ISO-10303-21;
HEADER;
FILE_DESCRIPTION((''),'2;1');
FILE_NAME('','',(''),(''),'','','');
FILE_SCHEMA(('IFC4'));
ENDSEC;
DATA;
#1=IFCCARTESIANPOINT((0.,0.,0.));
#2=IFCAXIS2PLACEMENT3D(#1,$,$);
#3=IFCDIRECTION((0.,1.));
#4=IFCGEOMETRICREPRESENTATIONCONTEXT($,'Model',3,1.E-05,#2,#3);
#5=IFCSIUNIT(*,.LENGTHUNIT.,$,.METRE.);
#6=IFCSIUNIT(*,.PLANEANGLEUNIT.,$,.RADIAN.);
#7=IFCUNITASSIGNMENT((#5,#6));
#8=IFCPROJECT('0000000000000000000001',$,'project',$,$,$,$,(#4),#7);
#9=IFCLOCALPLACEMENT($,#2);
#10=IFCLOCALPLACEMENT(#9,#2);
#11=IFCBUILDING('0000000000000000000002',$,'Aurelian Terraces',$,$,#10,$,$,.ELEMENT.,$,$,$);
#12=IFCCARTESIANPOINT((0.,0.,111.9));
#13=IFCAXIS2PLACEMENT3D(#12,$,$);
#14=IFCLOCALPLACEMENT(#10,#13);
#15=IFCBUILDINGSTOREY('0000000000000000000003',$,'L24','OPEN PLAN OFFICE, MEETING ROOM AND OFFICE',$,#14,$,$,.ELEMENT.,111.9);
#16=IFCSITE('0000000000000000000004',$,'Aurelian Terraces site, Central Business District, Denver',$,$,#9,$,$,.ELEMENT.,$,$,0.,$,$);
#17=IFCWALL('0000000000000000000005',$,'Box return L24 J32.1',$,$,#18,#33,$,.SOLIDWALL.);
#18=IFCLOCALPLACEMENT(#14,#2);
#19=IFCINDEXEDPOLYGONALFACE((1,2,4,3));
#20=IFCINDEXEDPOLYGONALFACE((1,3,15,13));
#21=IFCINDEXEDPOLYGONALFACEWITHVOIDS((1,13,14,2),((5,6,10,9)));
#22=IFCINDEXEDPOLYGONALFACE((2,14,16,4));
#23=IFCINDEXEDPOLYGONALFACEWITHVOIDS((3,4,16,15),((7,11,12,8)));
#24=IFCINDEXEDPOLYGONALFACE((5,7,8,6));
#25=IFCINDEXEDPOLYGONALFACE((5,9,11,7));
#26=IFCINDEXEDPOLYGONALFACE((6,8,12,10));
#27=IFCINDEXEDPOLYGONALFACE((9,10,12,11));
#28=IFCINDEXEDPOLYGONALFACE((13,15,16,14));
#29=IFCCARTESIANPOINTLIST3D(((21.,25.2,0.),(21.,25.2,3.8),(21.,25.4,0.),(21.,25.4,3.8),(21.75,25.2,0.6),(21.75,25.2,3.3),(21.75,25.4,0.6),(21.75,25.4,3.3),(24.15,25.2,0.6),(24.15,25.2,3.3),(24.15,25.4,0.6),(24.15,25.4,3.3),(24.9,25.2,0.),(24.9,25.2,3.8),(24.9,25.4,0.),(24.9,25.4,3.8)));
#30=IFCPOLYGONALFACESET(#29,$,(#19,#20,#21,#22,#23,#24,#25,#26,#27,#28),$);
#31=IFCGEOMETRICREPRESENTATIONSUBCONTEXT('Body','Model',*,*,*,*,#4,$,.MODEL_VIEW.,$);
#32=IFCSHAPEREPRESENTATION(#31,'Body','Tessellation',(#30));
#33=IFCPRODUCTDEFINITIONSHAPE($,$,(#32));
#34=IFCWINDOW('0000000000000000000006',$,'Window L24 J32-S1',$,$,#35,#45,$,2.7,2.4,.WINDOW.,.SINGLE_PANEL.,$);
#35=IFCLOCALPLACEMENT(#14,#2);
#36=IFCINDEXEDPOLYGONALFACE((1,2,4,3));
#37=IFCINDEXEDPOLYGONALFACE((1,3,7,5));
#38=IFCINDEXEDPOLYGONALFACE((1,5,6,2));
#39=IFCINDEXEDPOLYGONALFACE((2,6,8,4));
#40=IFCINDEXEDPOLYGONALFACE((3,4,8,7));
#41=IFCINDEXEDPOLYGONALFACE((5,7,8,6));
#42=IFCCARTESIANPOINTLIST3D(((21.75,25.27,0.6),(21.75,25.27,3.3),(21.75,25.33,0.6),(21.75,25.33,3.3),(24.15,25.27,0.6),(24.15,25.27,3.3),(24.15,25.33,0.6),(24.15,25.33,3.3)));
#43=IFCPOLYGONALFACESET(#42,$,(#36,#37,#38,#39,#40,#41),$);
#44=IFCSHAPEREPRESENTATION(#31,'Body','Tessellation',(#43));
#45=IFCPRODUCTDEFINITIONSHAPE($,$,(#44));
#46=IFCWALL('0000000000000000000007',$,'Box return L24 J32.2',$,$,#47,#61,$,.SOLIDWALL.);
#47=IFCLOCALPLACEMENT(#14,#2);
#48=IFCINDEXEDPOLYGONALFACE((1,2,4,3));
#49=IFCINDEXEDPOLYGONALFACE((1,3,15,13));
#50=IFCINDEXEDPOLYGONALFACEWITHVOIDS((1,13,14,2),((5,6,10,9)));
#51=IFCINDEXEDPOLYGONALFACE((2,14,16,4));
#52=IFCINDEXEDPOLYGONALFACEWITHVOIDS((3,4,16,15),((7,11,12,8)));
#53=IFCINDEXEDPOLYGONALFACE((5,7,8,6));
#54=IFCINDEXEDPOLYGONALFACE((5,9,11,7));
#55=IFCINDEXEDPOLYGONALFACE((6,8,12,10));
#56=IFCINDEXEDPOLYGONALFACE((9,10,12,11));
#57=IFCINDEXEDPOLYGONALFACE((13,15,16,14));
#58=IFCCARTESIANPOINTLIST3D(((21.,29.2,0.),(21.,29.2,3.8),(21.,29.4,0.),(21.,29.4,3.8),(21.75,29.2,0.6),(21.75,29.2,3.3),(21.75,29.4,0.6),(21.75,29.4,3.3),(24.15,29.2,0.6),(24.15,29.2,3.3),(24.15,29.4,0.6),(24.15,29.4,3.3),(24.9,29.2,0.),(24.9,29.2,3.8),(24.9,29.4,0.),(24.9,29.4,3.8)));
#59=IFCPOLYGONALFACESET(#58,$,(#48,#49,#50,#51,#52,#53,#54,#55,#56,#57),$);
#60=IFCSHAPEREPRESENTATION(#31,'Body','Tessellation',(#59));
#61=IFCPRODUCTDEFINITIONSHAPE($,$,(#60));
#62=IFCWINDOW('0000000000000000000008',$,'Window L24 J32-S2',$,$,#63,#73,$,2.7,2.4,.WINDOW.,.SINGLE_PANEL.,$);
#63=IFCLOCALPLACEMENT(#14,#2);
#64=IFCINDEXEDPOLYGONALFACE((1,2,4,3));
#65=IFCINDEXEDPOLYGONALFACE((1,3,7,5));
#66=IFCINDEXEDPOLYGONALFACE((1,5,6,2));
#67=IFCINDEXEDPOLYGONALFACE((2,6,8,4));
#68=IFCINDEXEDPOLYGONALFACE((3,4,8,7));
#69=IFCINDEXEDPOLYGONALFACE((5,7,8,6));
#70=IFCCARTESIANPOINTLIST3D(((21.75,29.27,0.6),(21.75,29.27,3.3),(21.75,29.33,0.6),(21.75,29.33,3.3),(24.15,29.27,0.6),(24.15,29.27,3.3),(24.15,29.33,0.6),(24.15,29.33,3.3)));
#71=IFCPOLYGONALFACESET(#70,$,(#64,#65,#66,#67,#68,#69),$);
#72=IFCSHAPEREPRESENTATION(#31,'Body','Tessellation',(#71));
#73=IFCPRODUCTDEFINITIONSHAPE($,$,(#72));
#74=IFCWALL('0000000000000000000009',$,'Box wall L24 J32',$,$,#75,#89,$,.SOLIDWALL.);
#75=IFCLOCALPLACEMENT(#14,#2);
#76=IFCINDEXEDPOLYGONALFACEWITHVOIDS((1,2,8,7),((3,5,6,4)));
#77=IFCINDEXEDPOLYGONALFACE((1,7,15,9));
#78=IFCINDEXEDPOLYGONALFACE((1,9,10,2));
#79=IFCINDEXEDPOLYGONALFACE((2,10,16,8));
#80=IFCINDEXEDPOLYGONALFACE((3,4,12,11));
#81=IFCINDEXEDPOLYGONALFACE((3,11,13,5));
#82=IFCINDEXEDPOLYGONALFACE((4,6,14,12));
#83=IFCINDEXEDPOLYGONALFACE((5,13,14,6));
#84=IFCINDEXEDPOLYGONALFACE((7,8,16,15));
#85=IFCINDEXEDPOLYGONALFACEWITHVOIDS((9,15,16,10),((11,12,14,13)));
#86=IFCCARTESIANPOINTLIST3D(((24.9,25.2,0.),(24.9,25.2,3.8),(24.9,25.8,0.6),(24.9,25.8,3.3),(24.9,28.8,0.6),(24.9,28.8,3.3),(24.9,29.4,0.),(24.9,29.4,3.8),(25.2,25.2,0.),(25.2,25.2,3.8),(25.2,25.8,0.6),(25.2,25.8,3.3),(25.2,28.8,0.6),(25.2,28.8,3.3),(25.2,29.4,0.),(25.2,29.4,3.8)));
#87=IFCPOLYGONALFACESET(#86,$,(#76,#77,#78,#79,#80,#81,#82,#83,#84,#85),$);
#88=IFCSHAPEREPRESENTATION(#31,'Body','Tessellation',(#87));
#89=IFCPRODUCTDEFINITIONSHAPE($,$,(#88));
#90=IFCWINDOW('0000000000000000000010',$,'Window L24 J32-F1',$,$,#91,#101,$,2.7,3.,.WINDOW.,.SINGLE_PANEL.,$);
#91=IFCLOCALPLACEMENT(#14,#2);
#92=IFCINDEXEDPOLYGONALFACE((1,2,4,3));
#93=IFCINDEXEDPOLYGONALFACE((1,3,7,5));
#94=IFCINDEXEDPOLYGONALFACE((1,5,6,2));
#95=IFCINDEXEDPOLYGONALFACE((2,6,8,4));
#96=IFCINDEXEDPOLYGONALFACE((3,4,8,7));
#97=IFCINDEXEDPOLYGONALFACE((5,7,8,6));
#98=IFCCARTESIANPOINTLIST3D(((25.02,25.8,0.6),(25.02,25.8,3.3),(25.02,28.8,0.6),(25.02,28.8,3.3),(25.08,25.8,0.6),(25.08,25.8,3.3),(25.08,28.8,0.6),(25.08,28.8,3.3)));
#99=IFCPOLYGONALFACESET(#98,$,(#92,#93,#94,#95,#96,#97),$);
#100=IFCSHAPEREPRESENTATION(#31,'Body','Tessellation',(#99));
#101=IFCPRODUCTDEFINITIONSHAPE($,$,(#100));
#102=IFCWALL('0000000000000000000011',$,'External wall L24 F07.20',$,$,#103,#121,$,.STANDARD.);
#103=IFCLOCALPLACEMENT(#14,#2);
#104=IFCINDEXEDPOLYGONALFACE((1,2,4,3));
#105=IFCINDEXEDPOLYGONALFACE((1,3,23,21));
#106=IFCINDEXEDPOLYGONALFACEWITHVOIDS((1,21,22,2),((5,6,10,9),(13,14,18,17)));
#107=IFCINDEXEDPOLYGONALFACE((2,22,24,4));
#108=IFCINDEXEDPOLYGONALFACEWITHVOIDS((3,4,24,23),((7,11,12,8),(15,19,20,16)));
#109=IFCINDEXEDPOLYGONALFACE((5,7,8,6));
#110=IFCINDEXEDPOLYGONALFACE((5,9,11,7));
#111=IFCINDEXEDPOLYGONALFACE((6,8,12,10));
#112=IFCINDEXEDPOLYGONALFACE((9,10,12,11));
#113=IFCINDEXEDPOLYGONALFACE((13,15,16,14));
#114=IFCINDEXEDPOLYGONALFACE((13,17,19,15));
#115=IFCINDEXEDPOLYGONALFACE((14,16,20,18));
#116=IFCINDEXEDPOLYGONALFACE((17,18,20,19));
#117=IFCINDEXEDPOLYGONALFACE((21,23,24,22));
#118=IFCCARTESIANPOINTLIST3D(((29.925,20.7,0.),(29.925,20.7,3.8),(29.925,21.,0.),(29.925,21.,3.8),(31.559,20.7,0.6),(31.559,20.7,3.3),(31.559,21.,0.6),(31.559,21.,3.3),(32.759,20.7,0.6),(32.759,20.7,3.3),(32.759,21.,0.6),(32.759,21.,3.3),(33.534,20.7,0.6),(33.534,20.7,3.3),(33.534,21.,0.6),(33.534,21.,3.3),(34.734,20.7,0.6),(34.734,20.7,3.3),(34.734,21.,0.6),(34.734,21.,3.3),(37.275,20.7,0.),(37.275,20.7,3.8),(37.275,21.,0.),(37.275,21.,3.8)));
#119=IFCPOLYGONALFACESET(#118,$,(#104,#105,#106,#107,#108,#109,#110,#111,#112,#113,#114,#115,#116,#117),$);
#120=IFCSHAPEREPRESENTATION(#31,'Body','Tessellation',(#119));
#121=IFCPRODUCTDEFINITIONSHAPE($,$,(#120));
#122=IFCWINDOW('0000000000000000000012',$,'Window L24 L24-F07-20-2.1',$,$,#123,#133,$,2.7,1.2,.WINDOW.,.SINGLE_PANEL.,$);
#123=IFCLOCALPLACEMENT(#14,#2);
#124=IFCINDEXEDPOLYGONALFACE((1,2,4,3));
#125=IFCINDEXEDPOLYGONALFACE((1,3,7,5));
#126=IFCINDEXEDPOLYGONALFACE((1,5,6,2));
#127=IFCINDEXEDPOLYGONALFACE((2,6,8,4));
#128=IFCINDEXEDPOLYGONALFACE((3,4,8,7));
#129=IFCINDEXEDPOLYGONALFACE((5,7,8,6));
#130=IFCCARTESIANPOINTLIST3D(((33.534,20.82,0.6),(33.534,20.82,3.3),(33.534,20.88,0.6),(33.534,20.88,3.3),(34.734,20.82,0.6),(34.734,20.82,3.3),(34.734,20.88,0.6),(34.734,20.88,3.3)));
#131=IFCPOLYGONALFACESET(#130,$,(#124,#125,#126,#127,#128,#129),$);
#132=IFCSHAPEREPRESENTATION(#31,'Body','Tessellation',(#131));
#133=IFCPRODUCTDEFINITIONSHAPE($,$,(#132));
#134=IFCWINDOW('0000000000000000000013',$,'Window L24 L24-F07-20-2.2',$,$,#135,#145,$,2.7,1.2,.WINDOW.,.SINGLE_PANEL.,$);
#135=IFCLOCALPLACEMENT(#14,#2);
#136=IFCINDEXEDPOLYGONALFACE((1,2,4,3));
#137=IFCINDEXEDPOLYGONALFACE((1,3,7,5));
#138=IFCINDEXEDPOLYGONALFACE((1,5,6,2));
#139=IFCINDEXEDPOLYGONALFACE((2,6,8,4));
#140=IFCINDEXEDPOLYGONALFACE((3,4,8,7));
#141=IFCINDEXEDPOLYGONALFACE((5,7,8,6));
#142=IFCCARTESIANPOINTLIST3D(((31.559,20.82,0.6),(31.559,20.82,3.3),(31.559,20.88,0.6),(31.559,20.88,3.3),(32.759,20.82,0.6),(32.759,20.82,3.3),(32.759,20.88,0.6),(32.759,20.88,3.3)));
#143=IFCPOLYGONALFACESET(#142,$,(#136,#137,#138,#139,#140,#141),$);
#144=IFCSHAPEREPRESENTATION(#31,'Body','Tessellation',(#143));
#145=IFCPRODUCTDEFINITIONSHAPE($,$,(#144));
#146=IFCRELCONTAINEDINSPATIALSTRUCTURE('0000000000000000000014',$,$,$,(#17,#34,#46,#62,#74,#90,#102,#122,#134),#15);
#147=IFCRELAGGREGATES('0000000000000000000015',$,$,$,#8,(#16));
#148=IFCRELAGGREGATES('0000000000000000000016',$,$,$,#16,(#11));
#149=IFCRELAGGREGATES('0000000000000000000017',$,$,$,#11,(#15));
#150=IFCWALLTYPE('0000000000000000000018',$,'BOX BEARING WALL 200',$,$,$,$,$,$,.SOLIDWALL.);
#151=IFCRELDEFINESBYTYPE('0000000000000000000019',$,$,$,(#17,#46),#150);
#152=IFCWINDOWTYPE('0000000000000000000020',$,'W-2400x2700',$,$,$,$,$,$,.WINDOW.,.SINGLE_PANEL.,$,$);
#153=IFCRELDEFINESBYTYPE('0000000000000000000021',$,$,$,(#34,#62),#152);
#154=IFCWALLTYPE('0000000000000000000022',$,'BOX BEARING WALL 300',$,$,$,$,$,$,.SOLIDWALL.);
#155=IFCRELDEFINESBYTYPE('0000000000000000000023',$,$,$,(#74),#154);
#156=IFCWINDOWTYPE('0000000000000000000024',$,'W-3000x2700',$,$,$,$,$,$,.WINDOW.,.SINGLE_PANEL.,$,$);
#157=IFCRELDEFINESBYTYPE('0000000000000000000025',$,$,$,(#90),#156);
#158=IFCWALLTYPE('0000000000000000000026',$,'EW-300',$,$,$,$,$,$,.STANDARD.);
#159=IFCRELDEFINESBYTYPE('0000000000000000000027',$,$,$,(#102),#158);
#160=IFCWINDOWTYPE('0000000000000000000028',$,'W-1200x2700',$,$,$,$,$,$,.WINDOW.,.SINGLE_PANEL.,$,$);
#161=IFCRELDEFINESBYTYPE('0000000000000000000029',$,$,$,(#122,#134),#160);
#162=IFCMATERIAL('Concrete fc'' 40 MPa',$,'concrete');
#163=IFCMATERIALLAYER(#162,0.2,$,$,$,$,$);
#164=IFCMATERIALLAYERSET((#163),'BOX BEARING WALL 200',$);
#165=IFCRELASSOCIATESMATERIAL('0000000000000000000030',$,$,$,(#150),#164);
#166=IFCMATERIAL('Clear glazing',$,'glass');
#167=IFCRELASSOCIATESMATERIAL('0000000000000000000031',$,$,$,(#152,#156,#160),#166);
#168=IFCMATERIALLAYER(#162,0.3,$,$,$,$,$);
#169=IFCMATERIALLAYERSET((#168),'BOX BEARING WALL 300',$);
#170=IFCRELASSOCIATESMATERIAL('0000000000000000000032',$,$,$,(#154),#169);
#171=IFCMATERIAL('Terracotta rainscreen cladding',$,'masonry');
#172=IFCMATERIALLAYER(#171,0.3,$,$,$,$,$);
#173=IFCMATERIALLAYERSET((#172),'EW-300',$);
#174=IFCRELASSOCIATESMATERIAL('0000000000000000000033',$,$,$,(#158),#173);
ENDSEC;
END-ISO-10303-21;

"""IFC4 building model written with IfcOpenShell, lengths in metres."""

from ifc_helpers import new_model, si_unit, direction, frame, frame_2d, origin, place, context, subcontext, project, spatial, rectangle, extrude, source, transform, mapped, material, layer, layer_set, type_object, element, fill, save


model = new_model("IFC4")

# Units and contexts
model_context = context("Model", 3, precision=1e-05, world=origin(), true_north=direction((0.0, 1.0)))
body_context = subcontext(model_context, "Body", "Model", "MODEL_VIEW")
ifc_project = project(units=[si_unit("LENGTHUNIT", "METRE"), si_unit("PLANEANGLEUNIT", "RADIAN")], contexts=[model_context])

# Site, building, storey
site_placement = place(None, origin())
site = spatial("IfcSite", under=ifc_project, at=site_placement, Name="Aurelian Terraces site, Central Business District, Denver", CompositionType="ELEMENT", RefElevation=0.0)
building_placement = place(site_placement, origin())
building = spatial("IfcBuilding", under=site, at=building_placement, Name="Aurelian Terraces", CompositionType="ELEMENT")
storey_placement = place(building_placement, frame((0.0, 0.0, 111.9)))
storey = spatial("IfcBuildingStorey", under=building, at=storey_placement, Name="L24", Description="OPEN PLAN OFFICE, MEETING ROOM AND OFFICE", CompositionType="ELEMENT", Elevation=111.9)

# Walls, openings, windows
ifc_material_1 = material(Name="Concrete fc' 40 MPa", Category="concrete")
ifc_layer_1 = layer(ifc_material_1, 0.2)
ifc_layer_set_1 = layer_set([ifc_layer_1], Name="BOX BEARING WALL 200")
wall_type_1 = type_object("IfcWallType", Name="BOX BEARING WALL 200", PredefinedType="SOLIDWALL", material=ifc_layer_set_1)
shared_shape_1 = source(origin(), body_context, "Body", "SweptSolid", [
    extrude(rectangle(XDim=3.9, YDim=0.2, at=frame_2d((1.95, 0.0))), origin(), (0.0, 0.0, 1.0), 3.8),
])
wall_1_placement = place(storey_placement, frame((21.0, 25.3, 0.0), z_axis=(0.0, 0.0, 1.0), x_axis=(1.0, 0.0, 0.0)))
wall_1 = element("IfcWall", 1, at=wall_1_placement, inside=storey, type_object=wall_type_1, Name="Box return L24 J32.1", PredefinedType="SOLIDWALL", context=body_context, shape_type="MappedRepresentation", body=[
    mapped(shared_shape_1, transform((0.0, 0.0, 0.0), scale=1.0)),
])
shared_shape_2 = source(origin(), body_context, "Body", "SweptSolid", [
    extrude(rectangle(XDim=2.4, YDim=2.7, at=frame_2d((1.2, 1.35))), frame((0.0, 0.11, 0.0), z_axis=(0.0, -1.0, 0.0), x_axis=(1.0, 0.0, 0.0)), (0.0, 0.0, 1.0), 0.22),
])
opening_1_placement = place(wall_1_placement, frame((0.75, 0.0, 0.6)))
opening_1 = element("IfcOpeningElement", 2, at=opening_1_placement, cuts=wall_1, PredefinedType="OPENING", context=body_context, shape_type="MappedRepresentation", body=[
    mapped(shared_shape_2, transform((0.0, 0.0, 0.0), scale=1.0)),
])
ifc_material_2 = material(Name="Clear glazing", Category="glass")
window_type_1 = type_object("IfcWindowType", Name="W-2400x2700", PartitioningType="SINGLE_PANEL", PredefinedType="WINDOW", material=ifc_material_2)
shared_shape_3 = source(origin(), body_context, "Body", "SweptSolid", [
    extrude(rectangle(XDim=2.4, YDim=2.7, at=frame_2d((1.2, 1.35))), frame((0.0, 0.03, 0.0), z_axis=(0.0, -1.0, 0.0), x_axis=(1.0, 0.0, 0.0)), (0.0, 0.0, 1.0), 0.06),
])
window_1_placement = place(opening_1_placement, origin())
window_1 = element("IfcWindow", 3, at=window_1_placement, inside=storey, type_object=window_type_1, Name="Window L24 J32-S1", OverallHeight=2.7, OverallWidth=2.4, PartitioningType="SINGLE_PANEL", PredefinedType="WINDOW", context=body_context, shape_type="MappedRepresentation", body=[
    mapped(shared_shape_3, transform((0.0, 0.0, 0.0), scale=1.0)),
])
fill(opening_1, window_1)
wall_2_placement = place(storey_placement, frame((21.0, 29.3, 0.0), z_axis=(0.0, 0.0, 1.0), x_axis=(1.0, 0.0, 0.0)))
wall_2 = element("IfcWall", 4, at=wall_2_placement, inside=storey, type_object=wall_type_1, Name="Box return L24 J32.2", PredefinedType="SOLIDWALL", context=body_context, shape_type="MappedRepresentation", body=[
    mapped(shared_shape_1, transform((0.0, 0.0, 0.0), scale=1.0)),
])
opening_2_placement = place(wall_2_placement, frame((0.75, 0.0, 0.6)))
opening_2 = element("IfcOpeningElement", 5, at=opening_2_placement, cuts=wall_2, PredefinedType="OPENING", context=body_context, shape_type="MappedRepresentation", body=[
    mapped(shared_shape_2, transform((0.0, 0.0, 0.0), scale=1.0)),
])
window_2_placement = place(opening_2_placement, origin())
window_2 = element("IfcWindow", 6, at=window_2_placement, inside=storey, type_object=window_type_1, Name="Window L24 J32-S2", OverallHeight=2.7, OverallWidth=2.4, PartitioningType="SINGLE_PANEL", PredefinedType="WINDOW", context=body_context, shape_type="MappedRepresentation", body=[
    mapped(shared_shape_3, transform((0.0, 0.0, 0.0), scale=1.0)),
])
fill(opening_2, window_2)
ifc_layer_2 = layer(ifc_material_1, 0.3)
ifc_layer_set_2 = layer_set([ifc_layer_2], Name="BOX BEARING WALL 300")
wall_type_2 = type_object("IfcWallType", Name="BOX BEARING WALL 300", PredefinedType="SOLIDWALL", material=ifc_layer_set_2)
shared_shape_4 = source(origin(), body_context, "Body", "SweptSolid", [
    extrude(rectangle(XDim=4.2, YDim=0.3, at=frame_2d((2.1, 0.0))), origin(), (0.0, 0.0, 1.0), 3.8),
])
wall_3_placement = place(storey_placement, frame((25.05, 25.2, 0.0), z_axis=(0.0, 0.0, 1.0), x_axis=(0.0, 1.0, 0.0)))
wall_3 = element("IfcWall", 7, at=wall_3_placement, inside=storey, type_object=wall_type_2, Name="Box wall L24 J32", PredefinedType="SOLIDWALL", context=body_context, shape_type="MappedRepresentation", body=[
    mapped(shared_shape_4, transform((0.0, 0.0, 0.0), scale=1.0)),
])
shared_shape_5 = source(origin(), body_context, "Body", "SweptSolid", [
    extrude(rectangle(XDim=3.0, YDim=2.7, at=frame_2d((1.5, 1.35))), frame((0.0, 0.16, 0.0), z_axis=(0.0, -1.0, 0.0), x_axis=(1.0, 0.0, 0.0)), (0.0, 0.0, 1.0), 0.32),
])
opening_3_placement = place(wall_3_placement, frame((0.6, 0.0, 0.6)))
opening_3 = element("IfcOpeningElement", 8, at=opening_3_placement, cuts=wall_3, PredefinedType="OPENING", context=body_context, shape_type="MappedRepresentation", body=[
    mapped(shared_shape_5, transform((0.0, 0.0, 0.0), scale=1.0)),
])
window_type_2 = type_object("IfcWindowType", Name="W-3000x2700", PartitioningType="SINGLE_PANEL", PredefinedType="WINDOW", material=ifc_material_2)
shared_shape_6 = source(origin(), body_context, "Body", "SweptSolid", [
    extrude(rectangle(XDim=3.0, YDim=2.7, at=frame_2d((1.5, 1.35))), frame((0.0, 0.03, 0.0), z_axis=(0.0, -1.0, 0.0), x_axis=(1.0, 0.0, 0.0)), (0.0, 0.0, 1.0), 0.06),
])
window_3_placement = place(opening_3_placement, origin())
window_3 = element("IfcWindow", 9, at=window_3_placement, inside=storey, type_object=window_type_2, Name="Window L24 J32-F1", OverallHeight=2.7, OverallWidth=3.0, PartitioningType="SINGLE_PANEL", PredefinedType="WINDOW", context=body_context, shape_type="MappedRepresentation", body=[
    mapped(shared_shape_6, transform((0.0, 0.0, 0.0), scale=1.0)),
])
fill(opening_3, window_3)

# Wall, openings, windows
ifc_material_3 = material(Name="Terracotta rainscreen cladding", Category="masonry")
ifc_layer_3 = layer(ifc_material_3, 0.3)
ifc_layer_set_3 = layer_set([ifc_layer_3], Name="EW-300")
wall_type_3 = type_object("IfcWallType", Name="EW-300", PredefinedType="STANDARD", material=ifc_layer_set_3)
shared_shape_7 = source(origin(), body_context, "Body", "SweptSolid", [
    extrude(rectangle(XDim=7.35, YDim=0.3, at=frame_2d((3.675, 0.0))), origin(), (0.0, 0.0, 1.0), 3.8),
])
wall_4_placement = place(storey_placement, frame((37.275, 20.85, 0.0), z_axis=(0.0, 0.0, 1.0), x_axis=(-1.0, 0.0, 0.0)))
wall_4 = element("IfcWall", 10, at=wall_4_placement, inside=storey, type_object=wall_type_3, Name="External wall L24 F07.20", PredefinedType="STANDARD", context=body_context, shape_type="MappedRepresentation", body=[
    mapped(shared_shape_7, transform((0.0, 0.0, 0.0), scale=1.0)),
])
shared_shape_8 = source(origin(), body_context, "Body", "SweptSolid", [
    extrude(rectangle(XDim=1.2, YDim=2.7, at=frame_2d((0.6, 1.35))), frame((0.0, 0.16, 0.0), z_axis=(0.0, -1.0, 0.0), x_axis=(1.0, 0.0, 0.0)), (0.0, 0.0, 1.0), 0.32),
])
opening_4_placement = place(wall_4_placement, frame((2.541, 0.0, 0.6)))
opening_4 = element("IfcOpeningElement", 11, at=opening_4_placement, cuts=wall_4, PredefinedType="OPENING", context=body_context, shape_type="MappedRepresentation", body=[
    mapped(shared_shape_8, transform((0.0, 0.0, 0.0), scale=1.0)),
])
opening_5_placement = place(wall_4_placement, frame((4.516, 0.0, 0.6)))
opening_5 = element("IfcOpeningElement", 12, at=opening_5_placement, cuts=wall_4, PredefinedType="OPENING", context=body_context, shape_type="MappedRepresentation", body=[
    mapped(shared_shape_8, transform((0.0, 0.0, 0.0), scale=1.0)),
])
window_type_3 = type_object("IfcWindowType", Name="W-1200x2700", PartitioningType="SINGLE_PANEL", PredefinedType="WINDOW", material=ifc_material_2)
shared_shape_9 = source(origin(), body_context, "Body", "SweptSolid", [
    extrude(rectangle(XDim=1.2, YDim=2.7, at=frame_2d((0.6, 1.35))), frame((0.0, 0.03, 0.0), z_axis=(0.0, -1.0, 0.0), x_axis=(1.0, 0.0, 0.0)), (0.0, 0.0, 1.0), 0.06),
])
window_4_placement = place(opening_4_placement, origin())
window_4 = element("IfcWindow", 13, at=window_4_placement, inside=storey, type_object=window_type_3, Name="Window L24 L24-F07-20-2.1", OverallHeight=2.7, OverallWidth=1.2, PartitioningType="SINGLE_PANEL", PredefinedType="WINDOW", context=body_context, shape_type="MappedRepresentation", body=[
    mapped(shared_shape_9, transform((0.0, 0.0, 0.0), scale=1.0)),
])
fill(opening_4, window_4)
window_5_placement = place(opening_5_placement, origin())
window_5 = element("IfcWindow", 14, at=window_5_placement, inside=storey, type_object=window_type_3, Name="Window L24 L24-F07-20-2.2", OverallHeight=2.7, OverallWidth=1.2, PartitioningType="SINGLE_PANEL", PredefinedType="WINDOW", context=body_context, shape_type="MappedRepresentation", body=[
    mapped(shared_shape_9, transform((0.0, 0.0, 0.0), scale=1.0)),
])
fill(opening_5, window_5)

save(model, "model.ifc")
